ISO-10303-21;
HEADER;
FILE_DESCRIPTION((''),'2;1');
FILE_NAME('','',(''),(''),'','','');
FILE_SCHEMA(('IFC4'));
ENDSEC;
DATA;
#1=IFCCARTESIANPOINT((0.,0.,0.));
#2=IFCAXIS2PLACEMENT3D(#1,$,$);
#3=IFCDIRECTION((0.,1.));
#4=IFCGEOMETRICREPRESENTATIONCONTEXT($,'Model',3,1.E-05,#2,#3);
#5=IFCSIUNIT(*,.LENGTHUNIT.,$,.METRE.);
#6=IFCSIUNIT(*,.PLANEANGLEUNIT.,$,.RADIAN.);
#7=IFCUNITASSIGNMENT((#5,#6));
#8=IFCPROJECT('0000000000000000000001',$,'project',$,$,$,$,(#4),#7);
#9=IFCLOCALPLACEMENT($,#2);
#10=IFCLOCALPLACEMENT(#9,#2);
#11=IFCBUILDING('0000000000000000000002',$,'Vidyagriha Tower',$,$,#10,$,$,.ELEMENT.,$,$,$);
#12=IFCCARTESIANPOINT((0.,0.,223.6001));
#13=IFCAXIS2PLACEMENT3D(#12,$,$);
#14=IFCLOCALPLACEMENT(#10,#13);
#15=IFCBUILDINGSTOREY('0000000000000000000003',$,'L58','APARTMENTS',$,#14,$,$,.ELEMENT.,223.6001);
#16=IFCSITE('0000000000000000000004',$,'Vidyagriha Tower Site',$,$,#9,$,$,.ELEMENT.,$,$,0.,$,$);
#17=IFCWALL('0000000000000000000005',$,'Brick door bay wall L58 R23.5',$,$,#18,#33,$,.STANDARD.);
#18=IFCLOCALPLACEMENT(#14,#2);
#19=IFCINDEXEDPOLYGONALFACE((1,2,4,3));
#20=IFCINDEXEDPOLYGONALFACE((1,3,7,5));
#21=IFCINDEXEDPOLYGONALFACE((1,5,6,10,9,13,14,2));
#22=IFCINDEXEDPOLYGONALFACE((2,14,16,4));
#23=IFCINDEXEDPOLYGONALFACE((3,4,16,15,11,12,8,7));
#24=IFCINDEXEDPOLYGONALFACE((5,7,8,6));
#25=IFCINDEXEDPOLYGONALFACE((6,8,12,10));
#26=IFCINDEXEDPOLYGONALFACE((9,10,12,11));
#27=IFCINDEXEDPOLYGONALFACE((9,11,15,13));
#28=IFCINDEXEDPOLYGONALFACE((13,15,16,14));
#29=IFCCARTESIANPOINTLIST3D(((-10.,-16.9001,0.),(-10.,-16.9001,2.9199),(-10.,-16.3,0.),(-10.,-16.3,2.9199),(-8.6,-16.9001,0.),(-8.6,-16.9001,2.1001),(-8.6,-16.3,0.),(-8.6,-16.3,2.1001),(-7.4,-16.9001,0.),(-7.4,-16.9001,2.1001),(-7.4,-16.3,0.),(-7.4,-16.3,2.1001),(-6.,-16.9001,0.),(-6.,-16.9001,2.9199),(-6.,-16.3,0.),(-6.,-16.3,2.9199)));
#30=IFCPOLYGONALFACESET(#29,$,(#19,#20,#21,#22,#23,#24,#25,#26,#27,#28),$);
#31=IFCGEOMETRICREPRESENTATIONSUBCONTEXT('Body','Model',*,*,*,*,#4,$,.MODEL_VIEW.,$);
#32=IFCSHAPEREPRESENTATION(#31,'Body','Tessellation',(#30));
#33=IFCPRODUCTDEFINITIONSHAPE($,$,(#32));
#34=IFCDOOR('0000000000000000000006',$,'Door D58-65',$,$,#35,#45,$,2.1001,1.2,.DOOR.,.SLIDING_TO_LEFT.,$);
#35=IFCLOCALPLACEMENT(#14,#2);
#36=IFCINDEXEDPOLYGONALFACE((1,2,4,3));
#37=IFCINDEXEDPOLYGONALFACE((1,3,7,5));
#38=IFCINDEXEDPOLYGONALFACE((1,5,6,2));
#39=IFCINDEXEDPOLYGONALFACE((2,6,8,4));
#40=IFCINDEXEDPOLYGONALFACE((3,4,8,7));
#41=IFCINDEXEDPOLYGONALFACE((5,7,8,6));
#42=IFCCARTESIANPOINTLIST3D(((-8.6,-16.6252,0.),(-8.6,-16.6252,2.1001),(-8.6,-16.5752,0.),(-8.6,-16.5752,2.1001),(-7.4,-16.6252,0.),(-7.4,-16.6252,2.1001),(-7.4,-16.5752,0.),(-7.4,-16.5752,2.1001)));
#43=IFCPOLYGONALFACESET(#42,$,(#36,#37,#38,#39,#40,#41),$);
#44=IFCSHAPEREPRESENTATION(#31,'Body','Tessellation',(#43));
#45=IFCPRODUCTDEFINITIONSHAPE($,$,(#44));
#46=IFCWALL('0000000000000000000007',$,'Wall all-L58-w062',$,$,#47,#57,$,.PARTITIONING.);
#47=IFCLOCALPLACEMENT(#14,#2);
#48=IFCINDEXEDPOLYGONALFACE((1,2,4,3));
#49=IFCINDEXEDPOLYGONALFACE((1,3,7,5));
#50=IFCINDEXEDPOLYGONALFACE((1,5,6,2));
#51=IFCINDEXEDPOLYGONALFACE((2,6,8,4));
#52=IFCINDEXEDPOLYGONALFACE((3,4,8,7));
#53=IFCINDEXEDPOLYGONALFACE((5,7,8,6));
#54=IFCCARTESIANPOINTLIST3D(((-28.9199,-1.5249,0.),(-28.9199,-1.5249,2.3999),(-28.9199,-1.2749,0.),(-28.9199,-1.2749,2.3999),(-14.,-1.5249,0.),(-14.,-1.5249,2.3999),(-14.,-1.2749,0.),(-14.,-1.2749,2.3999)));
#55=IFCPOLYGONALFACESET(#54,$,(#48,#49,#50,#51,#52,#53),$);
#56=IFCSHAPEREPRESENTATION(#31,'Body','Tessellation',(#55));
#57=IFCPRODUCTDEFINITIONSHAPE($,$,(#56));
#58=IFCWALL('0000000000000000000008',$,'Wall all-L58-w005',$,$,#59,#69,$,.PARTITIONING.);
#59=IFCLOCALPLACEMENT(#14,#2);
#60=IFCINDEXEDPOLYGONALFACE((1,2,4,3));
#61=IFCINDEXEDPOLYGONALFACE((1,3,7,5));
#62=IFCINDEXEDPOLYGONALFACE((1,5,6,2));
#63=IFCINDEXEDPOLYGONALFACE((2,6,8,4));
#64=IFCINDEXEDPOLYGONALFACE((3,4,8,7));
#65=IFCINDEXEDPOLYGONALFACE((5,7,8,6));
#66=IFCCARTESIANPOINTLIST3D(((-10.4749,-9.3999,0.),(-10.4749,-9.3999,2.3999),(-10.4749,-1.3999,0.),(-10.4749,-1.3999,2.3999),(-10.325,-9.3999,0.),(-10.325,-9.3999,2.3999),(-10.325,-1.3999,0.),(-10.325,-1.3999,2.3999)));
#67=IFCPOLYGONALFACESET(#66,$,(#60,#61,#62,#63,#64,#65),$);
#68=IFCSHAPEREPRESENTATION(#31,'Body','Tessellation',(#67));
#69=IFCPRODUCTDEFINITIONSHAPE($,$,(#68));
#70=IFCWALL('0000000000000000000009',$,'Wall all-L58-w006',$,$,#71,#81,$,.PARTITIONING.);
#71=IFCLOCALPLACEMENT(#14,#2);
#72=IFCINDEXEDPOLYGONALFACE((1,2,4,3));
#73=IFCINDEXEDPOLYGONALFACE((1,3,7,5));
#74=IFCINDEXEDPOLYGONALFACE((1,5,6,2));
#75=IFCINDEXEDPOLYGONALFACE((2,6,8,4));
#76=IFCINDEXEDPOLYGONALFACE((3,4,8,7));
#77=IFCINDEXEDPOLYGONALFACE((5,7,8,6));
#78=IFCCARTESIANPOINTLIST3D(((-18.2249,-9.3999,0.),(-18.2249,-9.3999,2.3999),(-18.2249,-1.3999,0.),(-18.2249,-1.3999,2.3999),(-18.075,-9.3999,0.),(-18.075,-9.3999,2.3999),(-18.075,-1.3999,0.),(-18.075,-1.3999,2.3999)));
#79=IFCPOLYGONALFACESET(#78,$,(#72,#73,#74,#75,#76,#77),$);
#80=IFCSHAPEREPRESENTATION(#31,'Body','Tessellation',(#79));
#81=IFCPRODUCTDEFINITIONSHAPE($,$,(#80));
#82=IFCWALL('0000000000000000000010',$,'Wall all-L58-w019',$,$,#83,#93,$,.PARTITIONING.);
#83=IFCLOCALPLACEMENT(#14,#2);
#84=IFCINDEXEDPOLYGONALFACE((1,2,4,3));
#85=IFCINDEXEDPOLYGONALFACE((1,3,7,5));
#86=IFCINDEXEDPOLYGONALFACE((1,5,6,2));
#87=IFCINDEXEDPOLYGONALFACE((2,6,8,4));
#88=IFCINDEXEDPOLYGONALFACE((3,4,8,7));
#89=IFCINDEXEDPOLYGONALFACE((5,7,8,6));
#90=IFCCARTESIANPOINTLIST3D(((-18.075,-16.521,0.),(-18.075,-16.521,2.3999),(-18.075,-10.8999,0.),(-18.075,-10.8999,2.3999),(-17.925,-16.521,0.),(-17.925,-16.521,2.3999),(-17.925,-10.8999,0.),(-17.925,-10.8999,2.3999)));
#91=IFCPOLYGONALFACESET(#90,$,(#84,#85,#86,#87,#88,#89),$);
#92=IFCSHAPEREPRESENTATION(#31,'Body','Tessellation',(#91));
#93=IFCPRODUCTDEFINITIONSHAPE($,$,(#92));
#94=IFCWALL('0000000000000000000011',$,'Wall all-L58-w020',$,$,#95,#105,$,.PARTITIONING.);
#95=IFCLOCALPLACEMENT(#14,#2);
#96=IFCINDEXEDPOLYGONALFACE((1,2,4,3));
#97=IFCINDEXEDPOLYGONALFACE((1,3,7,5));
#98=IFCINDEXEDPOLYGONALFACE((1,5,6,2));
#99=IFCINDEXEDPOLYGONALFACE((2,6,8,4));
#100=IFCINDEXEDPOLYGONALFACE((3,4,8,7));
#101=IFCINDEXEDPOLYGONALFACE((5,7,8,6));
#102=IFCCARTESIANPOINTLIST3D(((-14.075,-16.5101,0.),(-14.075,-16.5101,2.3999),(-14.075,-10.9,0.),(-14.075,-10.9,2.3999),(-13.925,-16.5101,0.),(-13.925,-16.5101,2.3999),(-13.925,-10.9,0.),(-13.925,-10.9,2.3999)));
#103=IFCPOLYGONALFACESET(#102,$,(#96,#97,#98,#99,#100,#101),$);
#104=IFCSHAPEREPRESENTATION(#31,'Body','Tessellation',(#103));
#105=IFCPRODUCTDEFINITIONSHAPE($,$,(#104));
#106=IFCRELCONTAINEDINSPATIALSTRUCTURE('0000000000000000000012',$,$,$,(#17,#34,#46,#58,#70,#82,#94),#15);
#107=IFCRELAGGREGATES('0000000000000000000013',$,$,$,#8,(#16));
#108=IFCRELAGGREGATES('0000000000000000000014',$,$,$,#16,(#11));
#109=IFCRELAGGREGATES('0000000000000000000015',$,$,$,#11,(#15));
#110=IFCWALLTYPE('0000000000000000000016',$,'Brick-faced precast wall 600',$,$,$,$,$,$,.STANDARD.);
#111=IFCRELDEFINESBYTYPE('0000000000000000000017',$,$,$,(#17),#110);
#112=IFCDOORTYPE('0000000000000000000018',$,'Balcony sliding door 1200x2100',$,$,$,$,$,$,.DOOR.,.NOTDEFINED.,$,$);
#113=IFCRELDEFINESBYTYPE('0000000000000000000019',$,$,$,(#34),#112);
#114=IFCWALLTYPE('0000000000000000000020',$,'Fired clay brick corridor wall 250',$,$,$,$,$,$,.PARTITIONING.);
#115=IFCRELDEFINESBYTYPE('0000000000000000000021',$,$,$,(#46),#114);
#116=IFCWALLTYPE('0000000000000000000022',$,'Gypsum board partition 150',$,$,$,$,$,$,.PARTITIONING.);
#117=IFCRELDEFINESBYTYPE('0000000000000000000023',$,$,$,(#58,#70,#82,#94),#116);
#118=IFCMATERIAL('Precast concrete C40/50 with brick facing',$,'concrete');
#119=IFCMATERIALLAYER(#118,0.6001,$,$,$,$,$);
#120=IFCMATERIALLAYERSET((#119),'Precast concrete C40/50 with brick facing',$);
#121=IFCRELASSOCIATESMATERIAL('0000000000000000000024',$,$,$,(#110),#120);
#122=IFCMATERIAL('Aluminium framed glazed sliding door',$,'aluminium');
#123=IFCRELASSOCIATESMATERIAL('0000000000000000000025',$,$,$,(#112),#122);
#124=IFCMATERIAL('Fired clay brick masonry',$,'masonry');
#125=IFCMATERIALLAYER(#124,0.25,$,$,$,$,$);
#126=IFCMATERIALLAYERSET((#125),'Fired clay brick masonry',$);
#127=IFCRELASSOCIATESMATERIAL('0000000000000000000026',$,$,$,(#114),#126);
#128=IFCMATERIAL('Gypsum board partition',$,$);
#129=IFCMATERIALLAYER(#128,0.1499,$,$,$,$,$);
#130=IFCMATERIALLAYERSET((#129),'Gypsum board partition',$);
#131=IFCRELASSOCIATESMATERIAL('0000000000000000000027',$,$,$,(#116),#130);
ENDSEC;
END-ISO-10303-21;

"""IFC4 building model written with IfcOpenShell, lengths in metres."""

from ifc_helpers import new_model, si_unit, direction, frame, frame_2d, origin, place, context, subcontext, project, spatial, rectangle, extrude, material, layer, layer_set, type_object, element, fill, save


model = new_model("IFC4")

# Units and contexts
model_context = context("Model", 3, precision=1e-05, world=origin(), true_north=direction((0.0, 1.0)))
body_context = subcontext(model_context, "Body", "Model", "MODEL_VIEW")
ifc_project = project(units=[si_unit("LENGTHUNIT", "METRE"), si_unit("PLANEANGLEUNIT", "RADIAN")], contexts=[model_context])

# Site, building, storey
site_placement = place(None, origin())
site = spatial("IfcSite", under=ifc_project, at=site_placement, Name="Vidyagriha Tower Site", CompositionType="ELEMENT", RefElevation=0.0)
building_placement = place(site_placement, origin())
building = spatial("IfcBuilding", under=site, at=building_placement, Name="Vidyagriha Tower", CompositionType="ELEMENT")
storey_placement = place(building_placement, frame((0.0, 0.0, 223.6001)))
storey = spatial("IfcBuildingStorey", under=building, at=storey_placement, Name="L58", Description="APARTMENTS", CompositionType="ELEMENT", Elevation=223.6001)

# Wall, opening, door
ifc_material_1 = material(Name="Precast concrete C40/50 with brick facing", Category="concrete")
ifc_layer_1 = layer(ifc_material_1, 0.6001)
ifc_layer_set_1 = layer_set([ifc_layer_1], Name="Precast concrete C40/50 with brick facing")
wall_type_1 = type_object("IfcWallType", Name="Brick-faced precast wall 600", PredefinedType="STANDARD", material=ifc_layer_set_1)
ifc_material_2 = material(Name="Aluminium framed glazed sliding door", Category="aluminium")
door_type = type_object("IfcDoorType", Name="Balcony sliding door 1200x2100", OperationType="NOTDEFINED", PredefinedType="DOOR", material=ifc_material_2)
wall_1_placement = place(storey_placement, frame((-10.0, -16.6001, 0.0)))
wall_1 = element("IfcWall", 1, at=wall_1_placement, inside=storey, type_object=wall_type_1, Name="Brick door bay wall L58 R23.5", PredefinedType="STANDARD", context=body_context, shape_type="SweptSolid", body=[
    extrude(rectangle(XDim=4.0, YDim=0.6001, at=frame_2d((2.0, 0.0))), origin(), (0.0, 0.0, 1.0), 2.9199),
])
opening_1_placement = place(wall_1_placement, frame((1.3999, 0.0, 0.0)))
opening_1 = element("IfcOpeningElement", 2, at=opening_1_placement, cuts=wall_1, PredefinedType="OPENING", context=body_context, shape_type="SweptSolid", body=[
    extrude(rectangle(XDim=1.2, YDim=2.1001, at=frame_2d((0.6001, 1.05))), frame((0.0, 0.3101, 0.0), z_axis=(0.0, -1.0, 0.0), x_axis=(1.0, 0.0, 0.0)), (0.0, 0.0, 1.0), 0.6201),
])
door_1_placement = place(opening_1_placement, origin())
door_1 = element("IfcDoor", 3, at=door_1_placement, inside=storey, type_object=door_type, Name="Door D58-65", OperationType="SLIDING_TO_LEFT", OverallHeight=2.1001, OverallWidth=1.2, PredefinedType="DOOR", context=body_context, shape_type="SweptSolid", body=[
    extrude(rectangle(XDim=1.2, YDim=2.1001, at=frame_2d((0.6001, 1.05))), frame((0.0, 0.0249, 0.0), z_axis=(0.0, -1.0, 0.0), x_axis=(1.0, 0.0, 0.0)), (0.0, 0.0, 1.0), 0.05),
])
fill(opening_1, door_1)

# Walls
ifc_material_3 = material(Name="Fired clay brick masonry", Category="masonry")
ifc_layer_2 = layer(ifc_material_3, 0.25)
ifc_layer_set_2 = layer_set([ifc_layer_2], Name="Fired clay brick masonry")
wall_type_2 = type_object("IfcWallType", Name="Fired clay brick corridor wall 250", PredefinedType="PARTITIONING", material=ifc_layer_set_2)
wall_2_placement = place(storey_placement, frame((-14.0, -1.3999, 0.0), z_axis=(0.0, 0.0, 1.0), x_axis=(-1.0, 0.0, 0.0)))
element("IfcWall", 4, at=wall_2_placement, inside=storey, type_object=wall_type_2, Name="Wall all-L58-w062", PredefinedType="PARTITIONING", context=body_context, shape_type="SweptSolid", body=[
    extrude(rectangle(XDim=14.9199, YDim=0.25, at=frame_2d((7.46, 0.0))), origin(), (0.0, 0.0, 1.0), 2.3999),
])
ifc_material_4 = material(Name="Gypsum board partition")
ifc_layer_3 = layer(ifc_material_4, 0.1499)
ifc_layer_set_3 = layer_set([ifc_layer_3], Name="Gypsum board partition")
wall_type_3 = type_object("IfcWallType", Name="Gypsum board partition 150", PredefinedType="PARTITIONING", material=ifc_layer_set_3)
for number, where, z_axis, x_axis, name in (
    (5, (-10.3999, -9.3999, 0.0), (0.0, 0.0, 1.0), (0.0, 1.0, 0.0), "Wall all-L58-w005"),
    (6, (-18.1499, -9.3999, 0.0), (0.0, 0.0, 1.0), (0.0, 1.0, 0.0), "Wall all-L58-w006"),
):
    element("IfcWall", number, at=place(storey_placement, frame(where, z_axis=z_axis, x_axis=x_axis)), inside=storey, type_object=wall_type_3, Name=name, PredefinedType="PARTITIONING", context=body_context, shape_type="SweptSolid", body=[
        extrude(rectangle(XDim=8.0, YDim=0.1499, at=frame_2d((4.0, 0.0))), origin(), (0.0, 0.0, 1.0), 2.3999),
    ])
wall_3_placement = place(storey_placement, frame((-18.0, -10.8999, 0.0), z_axis=(0.0, 0.0, 1.0), x_axis=(0.0, -1.0, 0.0)))
element("IfcWall", 7, at=wall_3_placement, inside=storey, type_object=wall_type_3, Name="Wall all-L58-w019", PredefinedType="PARTITIONING", context=body_context, shape_type="SweptSolid", body=[
    extrude(rectangle(XDim=5.6211, YDim=0.1499, at=frame_2d((2.8105, 0.0))), origin(), (0.0, 0.0, 1.0), 2.3999),
])
wall_4_placement = place(storey_placement, frame((-14.0, -10.8999, 0.0), z_axis=(0.0, 0.0, 1.0), x_axis=(0.0, -1.0, 0.0)))
element("IfcWall", 8, at=wall_4_placement, inside=storey, type_object=wall_type_3, Name="Wall all-L58-w020", PredefinedType="PARTITIONING", context=body_context, shape_type="SweptSolid", body=[
    extrude(rectangle(XDim=5.6101, YDim=0.1499, at=frame_2d((2.8052, 0.0))), origin(), (0.0, 0.0, 1.0), 2.3999),
])

save(model, "model.ifc")
